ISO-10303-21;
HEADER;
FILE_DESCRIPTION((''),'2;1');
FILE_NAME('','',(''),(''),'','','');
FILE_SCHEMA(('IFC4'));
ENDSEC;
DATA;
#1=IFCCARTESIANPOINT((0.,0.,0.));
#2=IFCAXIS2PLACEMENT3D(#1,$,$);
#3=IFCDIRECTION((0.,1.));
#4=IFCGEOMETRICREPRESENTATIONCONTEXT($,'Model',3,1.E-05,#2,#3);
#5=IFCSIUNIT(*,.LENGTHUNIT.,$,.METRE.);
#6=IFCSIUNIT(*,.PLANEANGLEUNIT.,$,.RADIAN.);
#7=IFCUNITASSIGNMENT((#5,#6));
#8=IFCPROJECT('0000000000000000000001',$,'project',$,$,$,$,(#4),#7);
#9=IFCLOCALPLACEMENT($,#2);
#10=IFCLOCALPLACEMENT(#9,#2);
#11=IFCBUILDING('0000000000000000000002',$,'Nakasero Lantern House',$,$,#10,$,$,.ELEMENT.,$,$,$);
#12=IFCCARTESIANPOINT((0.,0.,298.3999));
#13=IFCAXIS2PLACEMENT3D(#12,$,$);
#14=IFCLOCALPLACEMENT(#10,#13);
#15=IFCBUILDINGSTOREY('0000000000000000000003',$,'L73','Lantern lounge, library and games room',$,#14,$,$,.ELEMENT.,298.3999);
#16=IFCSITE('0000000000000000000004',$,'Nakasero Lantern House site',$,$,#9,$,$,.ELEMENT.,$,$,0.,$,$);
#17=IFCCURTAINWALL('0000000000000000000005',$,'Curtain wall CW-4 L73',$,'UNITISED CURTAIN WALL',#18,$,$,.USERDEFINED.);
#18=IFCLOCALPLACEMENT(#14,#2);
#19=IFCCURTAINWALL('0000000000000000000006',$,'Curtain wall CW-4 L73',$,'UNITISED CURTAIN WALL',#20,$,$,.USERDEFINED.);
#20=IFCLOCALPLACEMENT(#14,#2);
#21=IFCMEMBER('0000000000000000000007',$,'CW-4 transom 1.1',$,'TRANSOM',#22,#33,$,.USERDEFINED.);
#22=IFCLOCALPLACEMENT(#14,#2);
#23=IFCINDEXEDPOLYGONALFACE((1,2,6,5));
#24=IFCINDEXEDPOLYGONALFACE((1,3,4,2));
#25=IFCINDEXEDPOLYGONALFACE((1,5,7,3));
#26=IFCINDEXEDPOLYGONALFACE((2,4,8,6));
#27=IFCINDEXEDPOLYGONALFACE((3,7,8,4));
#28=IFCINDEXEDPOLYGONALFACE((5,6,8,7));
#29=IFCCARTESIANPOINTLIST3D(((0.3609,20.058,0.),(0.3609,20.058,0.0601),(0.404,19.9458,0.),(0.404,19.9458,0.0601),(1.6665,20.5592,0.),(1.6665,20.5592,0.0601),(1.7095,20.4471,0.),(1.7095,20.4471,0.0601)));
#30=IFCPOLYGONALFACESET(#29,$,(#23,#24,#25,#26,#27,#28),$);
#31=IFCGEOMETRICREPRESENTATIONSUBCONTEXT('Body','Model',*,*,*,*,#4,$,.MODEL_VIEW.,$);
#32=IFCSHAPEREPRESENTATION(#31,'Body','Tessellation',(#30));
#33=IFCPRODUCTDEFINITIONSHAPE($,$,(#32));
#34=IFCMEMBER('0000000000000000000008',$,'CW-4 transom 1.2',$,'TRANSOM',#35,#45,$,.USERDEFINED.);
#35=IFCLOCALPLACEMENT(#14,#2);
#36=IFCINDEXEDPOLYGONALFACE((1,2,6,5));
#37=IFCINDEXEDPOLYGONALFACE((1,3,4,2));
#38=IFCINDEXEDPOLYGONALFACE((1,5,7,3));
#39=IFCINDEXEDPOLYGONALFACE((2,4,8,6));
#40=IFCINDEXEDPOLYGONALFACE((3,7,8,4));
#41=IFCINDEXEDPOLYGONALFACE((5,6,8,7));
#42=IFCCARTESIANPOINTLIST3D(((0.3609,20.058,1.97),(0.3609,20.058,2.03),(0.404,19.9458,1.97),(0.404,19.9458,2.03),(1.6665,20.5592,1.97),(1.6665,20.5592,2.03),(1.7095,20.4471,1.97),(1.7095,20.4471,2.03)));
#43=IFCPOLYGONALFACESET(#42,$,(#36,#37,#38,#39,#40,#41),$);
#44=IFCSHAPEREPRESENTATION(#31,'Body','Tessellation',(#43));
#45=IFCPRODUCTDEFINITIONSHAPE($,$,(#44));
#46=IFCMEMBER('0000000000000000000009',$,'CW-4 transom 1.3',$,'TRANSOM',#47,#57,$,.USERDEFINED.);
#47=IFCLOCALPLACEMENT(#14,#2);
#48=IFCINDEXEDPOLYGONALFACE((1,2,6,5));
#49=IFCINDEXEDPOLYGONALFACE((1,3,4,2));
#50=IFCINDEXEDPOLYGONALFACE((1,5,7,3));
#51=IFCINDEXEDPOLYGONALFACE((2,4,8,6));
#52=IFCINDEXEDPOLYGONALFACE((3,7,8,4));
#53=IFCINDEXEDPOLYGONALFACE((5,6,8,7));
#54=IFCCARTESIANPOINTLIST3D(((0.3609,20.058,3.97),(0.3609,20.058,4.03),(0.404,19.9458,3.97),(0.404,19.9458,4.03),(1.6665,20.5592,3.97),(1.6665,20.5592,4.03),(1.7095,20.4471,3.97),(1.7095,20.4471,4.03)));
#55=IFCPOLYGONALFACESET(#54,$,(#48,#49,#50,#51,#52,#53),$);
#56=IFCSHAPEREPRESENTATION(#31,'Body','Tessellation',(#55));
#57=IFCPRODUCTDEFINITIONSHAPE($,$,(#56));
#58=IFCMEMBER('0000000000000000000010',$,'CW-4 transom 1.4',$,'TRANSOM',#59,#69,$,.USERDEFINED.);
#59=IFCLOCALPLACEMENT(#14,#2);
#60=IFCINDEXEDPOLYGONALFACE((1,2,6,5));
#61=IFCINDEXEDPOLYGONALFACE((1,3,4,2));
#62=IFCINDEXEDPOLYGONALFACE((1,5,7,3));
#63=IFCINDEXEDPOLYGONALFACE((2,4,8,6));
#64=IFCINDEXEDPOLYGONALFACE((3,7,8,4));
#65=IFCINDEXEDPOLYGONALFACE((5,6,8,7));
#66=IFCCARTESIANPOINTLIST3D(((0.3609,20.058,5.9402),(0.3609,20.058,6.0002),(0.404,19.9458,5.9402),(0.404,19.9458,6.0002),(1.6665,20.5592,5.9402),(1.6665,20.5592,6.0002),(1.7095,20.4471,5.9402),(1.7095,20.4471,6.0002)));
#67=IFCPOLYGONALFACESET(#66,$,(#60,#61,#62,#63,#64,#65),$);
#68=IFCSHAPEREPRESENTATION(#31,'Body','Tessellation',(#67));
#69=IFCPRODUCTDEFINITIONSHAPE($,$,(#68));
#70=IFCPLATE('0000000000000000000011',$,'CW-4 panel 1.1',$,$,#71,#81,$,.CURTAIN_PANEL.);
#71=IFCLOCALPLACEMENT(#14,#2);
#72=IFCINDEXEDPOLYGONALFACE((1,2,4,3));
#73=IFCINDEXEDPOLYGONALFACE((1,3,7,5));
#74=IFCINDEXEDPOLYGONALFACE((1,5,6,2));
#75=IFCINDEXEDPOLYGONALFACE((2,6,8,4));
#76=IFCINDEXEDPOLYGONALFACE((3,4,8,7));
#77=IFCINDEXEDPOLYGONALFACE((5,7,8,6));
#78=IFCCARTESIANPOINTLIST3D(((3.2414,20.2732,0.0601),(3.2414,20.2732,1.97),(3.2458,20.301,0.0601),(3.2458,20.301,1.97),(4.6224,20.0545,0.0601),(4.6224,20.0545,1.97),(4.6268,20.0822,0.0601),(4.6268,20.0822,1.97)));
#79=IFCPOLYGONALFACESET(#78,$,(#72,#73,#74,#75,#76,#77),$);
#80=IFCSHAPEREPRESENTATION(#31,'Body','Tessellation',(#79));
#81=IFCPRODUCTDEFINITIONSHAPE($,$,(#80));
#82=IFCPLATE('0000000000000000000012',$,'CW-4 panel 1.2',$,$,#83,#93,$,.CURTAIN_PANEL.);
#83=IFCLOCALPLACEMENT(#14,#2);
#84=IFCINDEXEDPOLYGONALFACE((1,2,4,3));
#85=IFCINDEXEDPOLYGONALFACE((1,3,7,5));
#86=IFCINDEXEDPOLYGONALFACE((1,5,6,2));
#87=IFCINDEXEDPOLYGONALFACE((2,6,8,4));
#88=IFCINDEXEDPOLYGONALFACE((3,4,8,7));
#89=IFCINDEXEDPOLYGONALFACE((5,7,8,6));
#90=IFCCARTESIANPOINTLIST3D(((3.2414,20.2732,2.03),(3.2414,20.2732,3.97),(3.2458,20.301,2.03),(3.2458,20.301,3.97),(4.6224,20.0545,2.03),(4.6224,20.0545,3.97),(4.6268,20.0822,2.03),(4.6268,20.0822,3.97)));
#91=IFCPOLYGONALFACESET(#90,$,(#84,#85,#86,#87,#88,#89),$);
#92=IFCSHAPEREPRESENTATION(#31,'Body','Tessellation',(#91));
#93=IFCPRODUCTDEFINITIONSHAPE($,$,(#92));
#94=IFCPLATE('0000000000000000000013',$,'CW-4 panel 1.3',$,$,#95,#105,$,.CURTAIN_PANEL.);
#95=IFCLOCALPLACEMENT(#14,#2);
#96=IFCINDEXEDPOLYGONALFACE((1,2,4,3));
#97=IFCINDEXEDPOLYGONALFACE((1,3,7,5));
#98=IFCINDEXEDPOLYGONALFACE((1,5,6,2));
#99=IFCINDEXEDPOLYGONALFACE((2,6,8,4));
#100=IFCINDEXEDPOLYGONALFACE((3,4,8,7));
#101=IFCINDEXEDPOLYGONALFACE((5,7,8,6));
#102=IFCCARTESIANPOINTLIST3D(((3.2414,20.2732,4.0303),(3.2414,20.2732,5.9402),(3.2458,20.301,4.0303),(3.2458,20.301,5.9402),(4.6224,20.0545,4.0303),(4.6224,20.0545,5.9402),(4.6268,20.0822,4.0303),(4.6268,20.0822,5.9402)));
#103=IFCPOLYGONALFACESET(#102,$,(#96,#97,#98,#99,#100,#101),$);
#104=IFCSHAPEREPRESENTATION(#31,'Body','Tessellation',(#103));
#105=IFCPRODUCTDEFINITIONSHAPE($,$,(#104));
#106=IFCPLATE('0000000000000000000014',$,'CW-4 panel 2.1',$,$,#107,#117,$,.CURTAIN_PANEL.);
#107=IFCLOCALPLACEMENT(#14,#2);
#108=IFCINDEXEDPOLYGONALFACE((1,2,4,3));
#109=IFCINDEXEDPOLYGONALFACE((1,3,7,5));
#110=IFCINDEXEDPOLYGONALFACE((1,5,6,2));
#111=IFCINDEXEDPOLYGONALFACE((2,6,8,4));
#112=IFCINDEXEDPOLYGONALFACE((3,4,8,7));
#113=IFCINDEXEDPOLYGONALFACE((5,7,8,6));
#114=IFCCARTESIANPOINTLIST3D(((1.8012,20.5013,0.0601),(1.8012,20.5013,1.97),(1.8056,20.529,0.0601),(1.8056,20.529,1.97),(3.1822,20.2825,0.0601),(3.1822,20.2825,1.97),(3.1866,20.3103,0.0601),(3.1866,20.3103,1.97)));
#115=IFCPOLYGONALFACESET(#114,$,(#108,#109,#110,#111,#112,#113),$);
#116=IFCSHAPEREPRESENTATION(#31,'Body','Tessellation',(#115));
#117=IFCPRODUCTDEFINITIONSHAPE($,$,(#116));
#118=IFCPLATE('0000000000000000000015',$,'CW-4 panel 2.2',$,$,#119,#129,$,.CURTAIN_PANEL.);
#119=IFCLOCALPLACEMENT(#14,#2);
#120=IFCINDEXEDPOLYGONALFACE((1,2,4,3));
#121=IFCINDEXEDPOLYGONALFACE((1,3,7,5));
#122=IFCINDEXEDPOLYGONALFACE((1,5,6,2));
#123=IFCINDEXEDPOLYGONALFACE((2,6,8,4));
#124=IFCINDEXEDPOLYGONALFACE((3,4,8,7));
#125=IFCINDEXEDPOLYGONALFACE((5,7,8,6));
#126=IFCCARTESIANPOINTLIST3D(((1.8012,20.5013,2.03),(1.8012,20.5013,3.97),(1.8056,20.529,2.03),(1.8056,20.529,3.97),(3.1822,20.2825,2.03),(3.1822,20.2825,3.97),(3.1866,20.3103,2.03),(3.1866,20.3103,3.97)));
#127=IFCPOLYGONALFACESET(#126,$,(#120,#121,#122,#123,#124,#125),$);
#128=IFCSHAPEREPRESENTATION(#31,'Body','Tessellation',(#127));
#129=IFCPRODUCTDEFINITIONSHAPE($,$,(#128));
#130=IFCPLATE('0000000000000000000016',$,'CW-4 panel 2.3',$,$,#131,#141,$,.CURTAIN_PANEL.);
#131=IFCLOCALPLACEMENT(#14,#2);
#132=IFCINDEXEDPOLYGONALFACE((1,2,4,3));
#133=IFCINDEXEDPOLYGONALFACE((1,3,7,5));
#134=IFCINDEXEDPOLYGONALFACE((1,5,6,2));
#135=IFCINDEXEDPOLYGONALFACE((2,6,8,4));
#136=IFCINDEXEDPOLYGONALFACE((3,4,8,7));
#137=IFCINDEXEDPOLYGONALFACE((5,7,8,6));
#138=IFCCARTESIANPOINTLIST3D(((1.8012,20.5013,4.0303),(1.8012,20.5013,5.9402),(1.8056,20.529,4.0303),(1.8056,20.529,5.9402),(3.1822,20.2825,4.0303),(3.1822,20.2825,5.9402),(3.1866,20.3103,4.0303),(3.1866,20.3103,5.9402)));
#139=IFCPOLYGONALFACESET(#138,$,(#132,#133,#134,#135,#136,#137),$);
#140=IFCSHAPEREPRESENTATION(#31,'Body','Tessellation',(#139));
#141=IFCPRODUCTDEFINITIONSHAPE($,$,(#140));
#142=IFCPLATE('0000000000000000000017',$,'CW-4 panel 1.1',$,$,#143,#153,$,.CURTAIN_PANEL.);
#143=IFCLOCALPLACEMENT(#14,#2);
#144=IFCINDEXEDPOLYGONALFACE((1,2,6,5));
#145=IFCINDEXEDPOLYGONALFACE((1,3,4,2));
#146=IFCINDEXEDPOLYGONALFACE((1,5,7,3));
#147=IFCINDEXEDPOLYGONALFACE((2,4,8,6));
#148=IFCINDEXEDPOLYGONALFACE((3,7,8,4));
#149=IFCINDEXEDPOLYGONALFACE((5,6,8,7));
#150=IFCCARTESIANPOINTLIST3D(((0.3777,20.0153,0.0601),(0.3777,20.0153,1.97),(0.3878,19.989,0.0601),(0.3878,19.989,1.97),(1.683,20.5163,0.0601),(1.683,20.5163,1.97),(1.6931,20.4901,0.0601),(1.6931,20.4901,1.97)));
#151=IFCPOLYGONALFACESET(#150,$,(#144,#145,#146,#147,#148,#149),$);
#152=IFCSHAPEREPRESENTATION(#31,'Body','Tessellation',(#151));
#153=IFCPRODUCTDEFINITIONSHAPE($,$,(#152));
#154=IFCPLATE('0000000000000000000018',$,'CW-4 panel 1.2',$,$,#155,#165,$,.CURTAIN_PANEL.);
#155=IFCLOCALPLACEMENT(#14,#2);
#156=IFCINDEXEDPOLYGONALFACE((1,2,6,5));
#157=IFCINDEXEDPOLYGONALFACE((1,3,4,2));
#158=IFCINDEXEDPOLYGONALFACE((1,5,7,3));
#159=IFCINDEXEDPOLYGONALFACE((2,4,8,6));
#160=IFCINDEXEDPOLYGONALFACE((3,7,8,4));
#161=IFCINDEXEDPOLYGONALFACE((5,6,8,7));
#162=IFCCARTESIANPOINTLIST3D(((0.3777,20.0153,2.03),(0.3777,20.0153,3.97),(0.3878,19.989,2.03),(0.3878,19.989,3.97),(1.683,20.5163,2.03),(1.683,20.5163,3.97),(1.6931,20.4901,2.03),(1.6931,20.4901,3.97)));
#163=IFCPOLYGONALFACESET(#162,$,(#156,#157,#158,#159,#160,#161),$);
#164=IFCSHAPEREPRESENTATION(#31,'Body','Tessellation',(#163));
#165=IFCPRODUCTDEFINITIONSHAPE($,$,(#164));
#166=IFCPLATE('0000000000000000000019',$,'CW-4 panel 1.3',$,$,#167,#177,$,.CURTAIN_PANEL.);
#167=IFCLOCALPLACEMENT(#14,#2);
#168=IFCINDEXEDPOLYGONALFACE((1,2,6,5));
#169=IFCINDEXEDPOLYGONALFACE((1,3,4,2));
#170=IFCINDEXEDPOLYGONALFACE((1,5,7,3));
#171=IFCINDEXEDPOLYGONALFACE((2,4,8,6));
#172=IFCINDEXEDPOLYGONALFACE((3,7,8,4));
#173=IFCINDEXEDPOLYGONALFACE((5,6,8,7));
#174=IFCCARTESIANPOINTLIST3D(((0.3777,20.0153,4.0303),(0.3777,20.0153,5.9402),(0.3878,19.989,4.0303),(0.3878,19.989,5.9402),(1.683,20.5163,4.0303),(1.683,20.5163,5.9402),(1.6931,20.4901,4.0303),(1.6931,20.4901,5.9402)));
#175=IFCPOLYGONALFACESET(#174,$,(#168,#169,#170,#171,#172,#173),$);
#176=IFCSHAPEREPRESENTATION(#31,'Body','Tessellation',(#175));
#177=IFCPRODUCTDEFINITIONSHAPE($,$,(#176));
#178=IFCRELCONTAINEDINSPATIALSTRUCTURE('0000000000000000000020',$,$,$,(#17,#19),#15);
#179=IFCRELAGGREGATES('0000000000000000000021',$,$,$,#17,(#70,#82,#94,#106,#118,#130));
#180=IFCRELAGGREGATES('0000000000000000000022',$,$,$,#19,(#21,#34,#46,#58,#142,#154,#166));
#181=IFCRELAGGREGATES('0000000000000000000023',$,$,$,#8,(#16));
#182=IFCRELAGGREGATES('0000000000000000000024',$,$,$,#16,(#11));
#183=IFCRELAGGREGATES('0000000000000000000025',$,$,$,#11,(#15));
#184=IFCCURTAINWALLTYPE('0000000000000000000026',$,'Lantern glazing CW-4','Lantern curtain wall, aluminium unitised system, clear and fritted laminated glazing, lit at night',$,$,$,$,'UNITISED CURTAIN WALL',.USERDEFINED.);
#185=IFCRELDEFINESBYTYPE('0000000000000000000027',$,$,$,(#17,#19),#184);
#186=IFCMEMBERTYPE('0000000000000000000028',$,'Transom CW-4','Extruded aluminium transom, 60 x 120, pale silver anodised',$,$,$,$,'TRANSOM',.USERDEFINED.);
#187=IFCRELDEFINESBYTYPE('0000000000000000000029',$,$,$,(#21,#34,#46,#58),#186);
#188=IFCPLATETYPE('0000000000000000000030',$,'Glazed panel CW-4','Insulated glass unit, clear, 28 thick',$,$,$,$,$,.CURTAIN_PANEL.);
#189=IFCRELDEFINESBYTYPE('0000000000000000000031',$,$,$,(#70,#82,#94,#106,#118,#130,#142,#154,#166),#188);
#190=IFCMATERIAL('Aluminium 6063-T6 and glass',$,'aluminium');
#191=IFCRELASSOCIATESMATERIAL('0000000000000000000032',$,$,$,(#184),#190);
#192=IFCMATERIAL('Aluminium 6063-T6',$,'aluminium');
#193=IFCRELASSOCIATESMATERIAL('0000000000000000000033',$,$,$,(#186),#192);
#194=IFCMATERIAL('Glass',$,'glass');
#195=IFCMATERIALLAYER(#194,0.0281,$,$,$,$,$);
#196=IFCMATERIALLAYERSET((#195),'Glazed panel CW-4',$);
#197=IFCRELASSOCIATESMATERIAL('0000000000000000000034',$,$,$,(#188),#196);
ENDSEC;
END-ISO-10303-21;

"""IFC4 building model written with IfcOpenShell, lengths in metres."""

from ifc_helpers import new_model, si_unit, direction, frame, origin, origin_2d, place, context, subcontext, project, spatial, rectangle, extrude, material, layer, layer_set, material_profile, profile_set, type_object, element, aggregate, save


model = new_model("IFC4")

# Units and contexts
model_context = context("Model", 3, precision=1e-05, world=origin(), true_north=direction((0.0, 1.0)))
body_context = subcontext(model_context, "Body", "Model", "MODEL_VIEW")
ifc_project = project(units=[si_unit("LENGTHUNIT", "METRE"), si_unit("PLANEANGLEUNIT", "RADIAN")], contexts=[model_context])

# Site, building, storey
site_placement = place(None, origin())
site = spatial("IfcSite", under=ifc_project, at=site_placement, Name="Nakasero Lantern House site", CompositionType="ELEMENT", RefElevation=0.0)
building_placement = place(site_placement, origin())
building = spatial("IfcBuilding", under=site, at=building_placement, Name="Nakasero Lantern House", CompositionType="ELEMENT")
storey_placement = place(building_placement, frame((0.0, 0.0, 298.3999)))
storey = spatial("IfcBuildingStorey", under=building, at=storey_placement, Name="L73", Description="Lantern lounge, library and games room", CompositionType="ELEMENT", Elevation=298.3999)

# Shared definitions
ifc_material_1 = material(Name="Aluminium 6063-T6 and glass", Category="aluminium")
curtain_wall_type = type_object("IfcCurtainWallType", Name="Lantern glazing CW-4", Description="Lantern curtain wall, aluminium unitised system, clear and fritted laminated glazing, lit at night", ElementType="UNITISED CURTAIN WALL", PredefinedType="USERDEFINED", material=ifc_material_1)

# Curtain walls
curtain_wall_1_placement = place(storey_placement, origin())
curtain_wall_1 = element("IfcCurtainWall", 1, at=curtain_wall_1_placement, inside=storey, type_object=curtain_wall_type, Name="Curtain wall CW-4 L73", ObjectType="UNITISED CURTAIN WALL", PredefinedType="USERDEFINED")
curtain_wall_2_placement = place(storey_placement, origin())
curtain_wall_2 = element("IfcCurtainWall", 2, at=curtain_wall_2_placement, inside=storey, type_object=curtain_wall_type, Name="Curtain wall CW-4 L73", ObjectType="UNITISED CURTAIN WALL", PredefinedType="USERDEFINED")

# Members
ifc_material_2 = material(Name="Aluminium 6063-T6", Category="aluminium")
ifc_material_profile_1 = material_profile(ifc_material_2, rectangle(XDim=0.0601, YDim=0.1201, at=origin_2d()), Name="CW-4 transom 60x120")
ifc_profile_set_1 = profile_set([ifc_material_profile_1], Name="Aluminium 6063-T6")
member_type_1 = type_object("IfcMemberType", Name="Transom CW-4", Description="Extruded aluminium transom, 60 x 120, pale silver anodised", ElementType="TRANSOM", PredefinedType="USERDEFINED", material=ifc_profile_set_1)
member_1_placement = place(storey_placement, frame((1.688, 20.5032, 0.03), z_axis=(-0.933552, -0.358441, 0.0), x_axis=(0.0, 0.0, 1.0)))
member_1 = element("IfcMember", 3, at=member_1_placement, type_object=member_type_1, Name="CW-4 transom 1.1", ObjectType="TRANSOM", PredefinedType="USERDEFINED", context=body_context, shape_type="SweptSolid", body=[
    extrude(rectangle(XDim=0.0601, YDim=0.1201, at=origin_2d()), origin(), (0.0, 0.0, 1.0), 1.3984),
])
member_2_placement = place(storey_placement, frame((1.688, 20.5032, 2.0), z_axis=(-0.933552, -0.358441, 0.0), x_axis=(0.0, 0.0, 1.0)))
member_2 = element("IfcMember", 4, at=member_2_placement, type_object=member_type_1, Name="CW-4 transom 1.2", ObjectType="TRANSOM", PredefinedType="USERDEFINED", context=body_context, shape_type="SweptSolid", body=[
    extrude(rectangle(XDim=0.0601, YDim=0.1201, at=origin_2d()), origin(), (0.0, 0.0, 1.0), 1.3984),
])
member_3_placement = place(storey_placement, frame((1.688, 20.5032, 4.0), z_axis=(-0.933552, -0.358441, 0.0), x_axis=(0.0, 0.0, 1.0)))
member_3 = element("IfcMember", 5, at=member_3_placement, type_object=member_type_1, Name="CW-4 transom 1.3", ObjectType="TRANSOM", PredefinedType="USERDEFINED", context=body_context, shape_type="SweptSolid", body=[
    extrude(rectangle(XDim=0.0601, YDim=0.1201, at=origin_2d()), origin(), (0.0, 0.0, 1.0), 1.3984),
])
member_4_placement = place(storey_placement, frame((1.688, 20.5032, 5.9702), z_axis=(-0.933552, -0.358441, 0.0), x_axis=(0.0, 0.0, 1.0)))
member_4 = element("IfcMember", 6, at=member_4_placement, type_object=member_type_1, Name="CW-4 transom 1.4", ObjectType="TRANSOM", PredefinedType="USERDEFINED", context=body_context, shape_type="SweptSolid", body=[
    extrude(rectangle(XDim=0.0601, YDim=0.1201, at=origin_2d()), origin(), (0.0, 0.0, 1.0), 1.3984),
])

# Plates
ifc_material_3 = material(Name="Glass", Category="glass")
ifc_layer = layer(ifc_material_3, 0.0281)
ifc_layer_set = layer_set([ifc_layer], Name="Glazed panel CW-4")
plate_type = type_object("IfcPlateType", Name="Glazed panel CW-4", Description="Insulated glass unit, clear, 28 thick", PredefinedType="CURTAIN_PANEL", material=ifc_layer_set)
plate_1_placement = place(storey_placement, frame((3.9341, 20.1777, 0.0601), z_axis=(0.0, 0.0, 1.0), x_axis=(-0.987688, 0.156434, 0.0)))
plate_1 = element("IfcPlate", 7, at=plate_1_placement, type_object=plate_type, Name="CW-4 panel 1.1", PredefinedType="CURTAIN_PANEL", context=body_context, shape_type="SweptSolid", body=[
    extrude(rectangle(XDim=1.3982, YDim=0.0281, at=origin_2d()), origin(), (0.0, 0.0, 1.0), 1.9099),
])
plate_2_placement = place(storey_placement, frame((3.9341, 20.1777, 2.03), z_axis=(0.0, 0.0, 1.0), x_axis=(-0.987688, 0.156434, 0.0)))
plate_2 = element("IfcPlate", 8, at=plate_2_placement, type_object=plate_type, Name="CW-4 panel 1.2", PredefinedType="CURTAIN_PANEL", context=body_context, shape_type="SweptSolid", body=[
    extrude(rectangle(XDim=1.3982, YDim=0.0281, at=origin_2d()), origin(), (0.0, 0.0, 1.0), 1.9399),
])
plate_3_placement = place(storey_placement, frame((3.9341, 20.1777, 4.0303), z_axis=(0.0, 0.0, 1.0), x_axis=(-0.987688, 0.156434, 0.0)))
plate_3 = element("IfcPlate", 9, at=plate_3_placement, type_object=plate_type, Name="CW-4 panel 1.3", PredefinedType="CURTAIN_PANEL", context=body_context, shape_type="SweptSolid", body=[
    extrude(rectangle(XDim=1.3982, YDim=0.0281, at=origin_2d()), origin(), (0.0, 0.0, 1.0), 1.9099),
])
plate_4_placement = place(storey_placement, frame((2.4939, 20.4058, 0.0601), z_axis=(0.0, 0.0, 1.0), x_axis=(-0.987688, 0.156434, 0.0)))
plate_4 = element("IfcPlate", 10, at=plate_4_placement, type_object=plate_type, Name="CW-4 panel 2.1", PredefinedType="CURTAIN_PANEL", context=body_context, shape_type="SweptSolid", body=[
    extrude(rectangle(XDim=1.3982, YDim=0.0281, at=origin_2d()), origin(), (0.0, 0.0, 1.0), 1.9099),
])
plate_5_placement = place(storey_placement, frame((2.4939, 20.4058, 2.03), z_axis=(0.0, 0.0, 1.0), x_axis=(-0.987688, 0.156434, 0.0)))
plate_5 = element("IfcPlate", 11, at=plate_5_placement, type_object=plate_type, Name="CW-4 panel 2.2", PredefinedType="CURTAIN_PANEL", context=body_context, shape_type="SweptSolid", body=[
    extrude(rectangle(XDim=1.3982, YDim=0.0281, at=origin_2d()), origin(), (0.0, 0.0, 1.0), 1.9399),
])
plate_6_placement = place(storey_placement, frame((2.4939, 20.4058, 4.0303), z_axis=(0.0, 0.0, 1.0), x_axis=(-0.987688, 0.156434, 0.0)))
plate_6 = element("IfcPlate", 12, at=plate_6_placement, type_object=plate_type, Name="CW-4 panel 2.3", PredefinedType="CURTAIN_PANEL", context=body_context, shape_type="SweptSolid", body=[
    extrude(rectangle(XDim=1.3982, YDim=0.0281, at=origin_2d()), origin(), (0.0, 0.0, 1.0), 1.9099),
])
aggregate(curtain_wall_1, [plate_1, plate_2, plate_3, plate_4, plate_5, plate_6])
plate_7_placement = place(storey_placement, frame((1.0354, 20.2527, 0.0601), z_axis=(0.0, 0.0, 1.0), x_axis=(-0.93358, -0.358368, 0.0)))
plate_7 = element("IfcPlate", 13, at=plate_7_placement, type_object=plate_type, Name="CW-4 panel 1.1", PredefinedType="CURTAIN_PANEL", context=body_context, shape_type="SweptSolid", body=[
    extrude(rectangle(XDim=1.3982, YDim=0.0281, at=origin_2d()), origin(), (0.0, 0.0, 1.0), 1.9099),
])
plate_8_placement = place(storey_placement, frame((1.0354, 20.2527, 2.03), z_axis=(0.0, 0.0, 1.0), x_axis=(-0.93358, -0.358368, 0.0)))
plate_8 = element("IfcPlate", 14, at=plate_8_placement, type_object=plate_type, Name="CW-4 panel 1.2", PredefinedType="CURTAIN_PANEL", context=body_context, shape_type="SweptSolid", body=[
    extrude(rectangle(XDim=1.3982, YDim=0.0281, at=origin_2d()), origin(), (0.0, 0.0, 1.0), 1.9399),
])
plate_9_placement = place(storey_placement, frame((1.0354, 20.2527, 4.0303), z_axis=(0.0, 0.0, 1.0), x_axis=(-0.93358, -0.358368, 0.0)))
plate_9 = element("IfcPlate", 15, at=plate_9_placement, type_object=plate_type, Name="CW-4 panel 1.3", PredefinedType="CURTAIN_PANEL", context=body_context, shape_type="SweptSolid", body=[
    extrude(rectangle(XDim=1.3982, YDim=0.0281, at=origin_2d()), origin(), (0.0, 0.0, 1.0), 1.9099),
])
aggregate(curtain_wall_2, [member_1, member_2, member_3, member_4, plate_7, plate_8, plate_9])

save(model, "model.ifc")
